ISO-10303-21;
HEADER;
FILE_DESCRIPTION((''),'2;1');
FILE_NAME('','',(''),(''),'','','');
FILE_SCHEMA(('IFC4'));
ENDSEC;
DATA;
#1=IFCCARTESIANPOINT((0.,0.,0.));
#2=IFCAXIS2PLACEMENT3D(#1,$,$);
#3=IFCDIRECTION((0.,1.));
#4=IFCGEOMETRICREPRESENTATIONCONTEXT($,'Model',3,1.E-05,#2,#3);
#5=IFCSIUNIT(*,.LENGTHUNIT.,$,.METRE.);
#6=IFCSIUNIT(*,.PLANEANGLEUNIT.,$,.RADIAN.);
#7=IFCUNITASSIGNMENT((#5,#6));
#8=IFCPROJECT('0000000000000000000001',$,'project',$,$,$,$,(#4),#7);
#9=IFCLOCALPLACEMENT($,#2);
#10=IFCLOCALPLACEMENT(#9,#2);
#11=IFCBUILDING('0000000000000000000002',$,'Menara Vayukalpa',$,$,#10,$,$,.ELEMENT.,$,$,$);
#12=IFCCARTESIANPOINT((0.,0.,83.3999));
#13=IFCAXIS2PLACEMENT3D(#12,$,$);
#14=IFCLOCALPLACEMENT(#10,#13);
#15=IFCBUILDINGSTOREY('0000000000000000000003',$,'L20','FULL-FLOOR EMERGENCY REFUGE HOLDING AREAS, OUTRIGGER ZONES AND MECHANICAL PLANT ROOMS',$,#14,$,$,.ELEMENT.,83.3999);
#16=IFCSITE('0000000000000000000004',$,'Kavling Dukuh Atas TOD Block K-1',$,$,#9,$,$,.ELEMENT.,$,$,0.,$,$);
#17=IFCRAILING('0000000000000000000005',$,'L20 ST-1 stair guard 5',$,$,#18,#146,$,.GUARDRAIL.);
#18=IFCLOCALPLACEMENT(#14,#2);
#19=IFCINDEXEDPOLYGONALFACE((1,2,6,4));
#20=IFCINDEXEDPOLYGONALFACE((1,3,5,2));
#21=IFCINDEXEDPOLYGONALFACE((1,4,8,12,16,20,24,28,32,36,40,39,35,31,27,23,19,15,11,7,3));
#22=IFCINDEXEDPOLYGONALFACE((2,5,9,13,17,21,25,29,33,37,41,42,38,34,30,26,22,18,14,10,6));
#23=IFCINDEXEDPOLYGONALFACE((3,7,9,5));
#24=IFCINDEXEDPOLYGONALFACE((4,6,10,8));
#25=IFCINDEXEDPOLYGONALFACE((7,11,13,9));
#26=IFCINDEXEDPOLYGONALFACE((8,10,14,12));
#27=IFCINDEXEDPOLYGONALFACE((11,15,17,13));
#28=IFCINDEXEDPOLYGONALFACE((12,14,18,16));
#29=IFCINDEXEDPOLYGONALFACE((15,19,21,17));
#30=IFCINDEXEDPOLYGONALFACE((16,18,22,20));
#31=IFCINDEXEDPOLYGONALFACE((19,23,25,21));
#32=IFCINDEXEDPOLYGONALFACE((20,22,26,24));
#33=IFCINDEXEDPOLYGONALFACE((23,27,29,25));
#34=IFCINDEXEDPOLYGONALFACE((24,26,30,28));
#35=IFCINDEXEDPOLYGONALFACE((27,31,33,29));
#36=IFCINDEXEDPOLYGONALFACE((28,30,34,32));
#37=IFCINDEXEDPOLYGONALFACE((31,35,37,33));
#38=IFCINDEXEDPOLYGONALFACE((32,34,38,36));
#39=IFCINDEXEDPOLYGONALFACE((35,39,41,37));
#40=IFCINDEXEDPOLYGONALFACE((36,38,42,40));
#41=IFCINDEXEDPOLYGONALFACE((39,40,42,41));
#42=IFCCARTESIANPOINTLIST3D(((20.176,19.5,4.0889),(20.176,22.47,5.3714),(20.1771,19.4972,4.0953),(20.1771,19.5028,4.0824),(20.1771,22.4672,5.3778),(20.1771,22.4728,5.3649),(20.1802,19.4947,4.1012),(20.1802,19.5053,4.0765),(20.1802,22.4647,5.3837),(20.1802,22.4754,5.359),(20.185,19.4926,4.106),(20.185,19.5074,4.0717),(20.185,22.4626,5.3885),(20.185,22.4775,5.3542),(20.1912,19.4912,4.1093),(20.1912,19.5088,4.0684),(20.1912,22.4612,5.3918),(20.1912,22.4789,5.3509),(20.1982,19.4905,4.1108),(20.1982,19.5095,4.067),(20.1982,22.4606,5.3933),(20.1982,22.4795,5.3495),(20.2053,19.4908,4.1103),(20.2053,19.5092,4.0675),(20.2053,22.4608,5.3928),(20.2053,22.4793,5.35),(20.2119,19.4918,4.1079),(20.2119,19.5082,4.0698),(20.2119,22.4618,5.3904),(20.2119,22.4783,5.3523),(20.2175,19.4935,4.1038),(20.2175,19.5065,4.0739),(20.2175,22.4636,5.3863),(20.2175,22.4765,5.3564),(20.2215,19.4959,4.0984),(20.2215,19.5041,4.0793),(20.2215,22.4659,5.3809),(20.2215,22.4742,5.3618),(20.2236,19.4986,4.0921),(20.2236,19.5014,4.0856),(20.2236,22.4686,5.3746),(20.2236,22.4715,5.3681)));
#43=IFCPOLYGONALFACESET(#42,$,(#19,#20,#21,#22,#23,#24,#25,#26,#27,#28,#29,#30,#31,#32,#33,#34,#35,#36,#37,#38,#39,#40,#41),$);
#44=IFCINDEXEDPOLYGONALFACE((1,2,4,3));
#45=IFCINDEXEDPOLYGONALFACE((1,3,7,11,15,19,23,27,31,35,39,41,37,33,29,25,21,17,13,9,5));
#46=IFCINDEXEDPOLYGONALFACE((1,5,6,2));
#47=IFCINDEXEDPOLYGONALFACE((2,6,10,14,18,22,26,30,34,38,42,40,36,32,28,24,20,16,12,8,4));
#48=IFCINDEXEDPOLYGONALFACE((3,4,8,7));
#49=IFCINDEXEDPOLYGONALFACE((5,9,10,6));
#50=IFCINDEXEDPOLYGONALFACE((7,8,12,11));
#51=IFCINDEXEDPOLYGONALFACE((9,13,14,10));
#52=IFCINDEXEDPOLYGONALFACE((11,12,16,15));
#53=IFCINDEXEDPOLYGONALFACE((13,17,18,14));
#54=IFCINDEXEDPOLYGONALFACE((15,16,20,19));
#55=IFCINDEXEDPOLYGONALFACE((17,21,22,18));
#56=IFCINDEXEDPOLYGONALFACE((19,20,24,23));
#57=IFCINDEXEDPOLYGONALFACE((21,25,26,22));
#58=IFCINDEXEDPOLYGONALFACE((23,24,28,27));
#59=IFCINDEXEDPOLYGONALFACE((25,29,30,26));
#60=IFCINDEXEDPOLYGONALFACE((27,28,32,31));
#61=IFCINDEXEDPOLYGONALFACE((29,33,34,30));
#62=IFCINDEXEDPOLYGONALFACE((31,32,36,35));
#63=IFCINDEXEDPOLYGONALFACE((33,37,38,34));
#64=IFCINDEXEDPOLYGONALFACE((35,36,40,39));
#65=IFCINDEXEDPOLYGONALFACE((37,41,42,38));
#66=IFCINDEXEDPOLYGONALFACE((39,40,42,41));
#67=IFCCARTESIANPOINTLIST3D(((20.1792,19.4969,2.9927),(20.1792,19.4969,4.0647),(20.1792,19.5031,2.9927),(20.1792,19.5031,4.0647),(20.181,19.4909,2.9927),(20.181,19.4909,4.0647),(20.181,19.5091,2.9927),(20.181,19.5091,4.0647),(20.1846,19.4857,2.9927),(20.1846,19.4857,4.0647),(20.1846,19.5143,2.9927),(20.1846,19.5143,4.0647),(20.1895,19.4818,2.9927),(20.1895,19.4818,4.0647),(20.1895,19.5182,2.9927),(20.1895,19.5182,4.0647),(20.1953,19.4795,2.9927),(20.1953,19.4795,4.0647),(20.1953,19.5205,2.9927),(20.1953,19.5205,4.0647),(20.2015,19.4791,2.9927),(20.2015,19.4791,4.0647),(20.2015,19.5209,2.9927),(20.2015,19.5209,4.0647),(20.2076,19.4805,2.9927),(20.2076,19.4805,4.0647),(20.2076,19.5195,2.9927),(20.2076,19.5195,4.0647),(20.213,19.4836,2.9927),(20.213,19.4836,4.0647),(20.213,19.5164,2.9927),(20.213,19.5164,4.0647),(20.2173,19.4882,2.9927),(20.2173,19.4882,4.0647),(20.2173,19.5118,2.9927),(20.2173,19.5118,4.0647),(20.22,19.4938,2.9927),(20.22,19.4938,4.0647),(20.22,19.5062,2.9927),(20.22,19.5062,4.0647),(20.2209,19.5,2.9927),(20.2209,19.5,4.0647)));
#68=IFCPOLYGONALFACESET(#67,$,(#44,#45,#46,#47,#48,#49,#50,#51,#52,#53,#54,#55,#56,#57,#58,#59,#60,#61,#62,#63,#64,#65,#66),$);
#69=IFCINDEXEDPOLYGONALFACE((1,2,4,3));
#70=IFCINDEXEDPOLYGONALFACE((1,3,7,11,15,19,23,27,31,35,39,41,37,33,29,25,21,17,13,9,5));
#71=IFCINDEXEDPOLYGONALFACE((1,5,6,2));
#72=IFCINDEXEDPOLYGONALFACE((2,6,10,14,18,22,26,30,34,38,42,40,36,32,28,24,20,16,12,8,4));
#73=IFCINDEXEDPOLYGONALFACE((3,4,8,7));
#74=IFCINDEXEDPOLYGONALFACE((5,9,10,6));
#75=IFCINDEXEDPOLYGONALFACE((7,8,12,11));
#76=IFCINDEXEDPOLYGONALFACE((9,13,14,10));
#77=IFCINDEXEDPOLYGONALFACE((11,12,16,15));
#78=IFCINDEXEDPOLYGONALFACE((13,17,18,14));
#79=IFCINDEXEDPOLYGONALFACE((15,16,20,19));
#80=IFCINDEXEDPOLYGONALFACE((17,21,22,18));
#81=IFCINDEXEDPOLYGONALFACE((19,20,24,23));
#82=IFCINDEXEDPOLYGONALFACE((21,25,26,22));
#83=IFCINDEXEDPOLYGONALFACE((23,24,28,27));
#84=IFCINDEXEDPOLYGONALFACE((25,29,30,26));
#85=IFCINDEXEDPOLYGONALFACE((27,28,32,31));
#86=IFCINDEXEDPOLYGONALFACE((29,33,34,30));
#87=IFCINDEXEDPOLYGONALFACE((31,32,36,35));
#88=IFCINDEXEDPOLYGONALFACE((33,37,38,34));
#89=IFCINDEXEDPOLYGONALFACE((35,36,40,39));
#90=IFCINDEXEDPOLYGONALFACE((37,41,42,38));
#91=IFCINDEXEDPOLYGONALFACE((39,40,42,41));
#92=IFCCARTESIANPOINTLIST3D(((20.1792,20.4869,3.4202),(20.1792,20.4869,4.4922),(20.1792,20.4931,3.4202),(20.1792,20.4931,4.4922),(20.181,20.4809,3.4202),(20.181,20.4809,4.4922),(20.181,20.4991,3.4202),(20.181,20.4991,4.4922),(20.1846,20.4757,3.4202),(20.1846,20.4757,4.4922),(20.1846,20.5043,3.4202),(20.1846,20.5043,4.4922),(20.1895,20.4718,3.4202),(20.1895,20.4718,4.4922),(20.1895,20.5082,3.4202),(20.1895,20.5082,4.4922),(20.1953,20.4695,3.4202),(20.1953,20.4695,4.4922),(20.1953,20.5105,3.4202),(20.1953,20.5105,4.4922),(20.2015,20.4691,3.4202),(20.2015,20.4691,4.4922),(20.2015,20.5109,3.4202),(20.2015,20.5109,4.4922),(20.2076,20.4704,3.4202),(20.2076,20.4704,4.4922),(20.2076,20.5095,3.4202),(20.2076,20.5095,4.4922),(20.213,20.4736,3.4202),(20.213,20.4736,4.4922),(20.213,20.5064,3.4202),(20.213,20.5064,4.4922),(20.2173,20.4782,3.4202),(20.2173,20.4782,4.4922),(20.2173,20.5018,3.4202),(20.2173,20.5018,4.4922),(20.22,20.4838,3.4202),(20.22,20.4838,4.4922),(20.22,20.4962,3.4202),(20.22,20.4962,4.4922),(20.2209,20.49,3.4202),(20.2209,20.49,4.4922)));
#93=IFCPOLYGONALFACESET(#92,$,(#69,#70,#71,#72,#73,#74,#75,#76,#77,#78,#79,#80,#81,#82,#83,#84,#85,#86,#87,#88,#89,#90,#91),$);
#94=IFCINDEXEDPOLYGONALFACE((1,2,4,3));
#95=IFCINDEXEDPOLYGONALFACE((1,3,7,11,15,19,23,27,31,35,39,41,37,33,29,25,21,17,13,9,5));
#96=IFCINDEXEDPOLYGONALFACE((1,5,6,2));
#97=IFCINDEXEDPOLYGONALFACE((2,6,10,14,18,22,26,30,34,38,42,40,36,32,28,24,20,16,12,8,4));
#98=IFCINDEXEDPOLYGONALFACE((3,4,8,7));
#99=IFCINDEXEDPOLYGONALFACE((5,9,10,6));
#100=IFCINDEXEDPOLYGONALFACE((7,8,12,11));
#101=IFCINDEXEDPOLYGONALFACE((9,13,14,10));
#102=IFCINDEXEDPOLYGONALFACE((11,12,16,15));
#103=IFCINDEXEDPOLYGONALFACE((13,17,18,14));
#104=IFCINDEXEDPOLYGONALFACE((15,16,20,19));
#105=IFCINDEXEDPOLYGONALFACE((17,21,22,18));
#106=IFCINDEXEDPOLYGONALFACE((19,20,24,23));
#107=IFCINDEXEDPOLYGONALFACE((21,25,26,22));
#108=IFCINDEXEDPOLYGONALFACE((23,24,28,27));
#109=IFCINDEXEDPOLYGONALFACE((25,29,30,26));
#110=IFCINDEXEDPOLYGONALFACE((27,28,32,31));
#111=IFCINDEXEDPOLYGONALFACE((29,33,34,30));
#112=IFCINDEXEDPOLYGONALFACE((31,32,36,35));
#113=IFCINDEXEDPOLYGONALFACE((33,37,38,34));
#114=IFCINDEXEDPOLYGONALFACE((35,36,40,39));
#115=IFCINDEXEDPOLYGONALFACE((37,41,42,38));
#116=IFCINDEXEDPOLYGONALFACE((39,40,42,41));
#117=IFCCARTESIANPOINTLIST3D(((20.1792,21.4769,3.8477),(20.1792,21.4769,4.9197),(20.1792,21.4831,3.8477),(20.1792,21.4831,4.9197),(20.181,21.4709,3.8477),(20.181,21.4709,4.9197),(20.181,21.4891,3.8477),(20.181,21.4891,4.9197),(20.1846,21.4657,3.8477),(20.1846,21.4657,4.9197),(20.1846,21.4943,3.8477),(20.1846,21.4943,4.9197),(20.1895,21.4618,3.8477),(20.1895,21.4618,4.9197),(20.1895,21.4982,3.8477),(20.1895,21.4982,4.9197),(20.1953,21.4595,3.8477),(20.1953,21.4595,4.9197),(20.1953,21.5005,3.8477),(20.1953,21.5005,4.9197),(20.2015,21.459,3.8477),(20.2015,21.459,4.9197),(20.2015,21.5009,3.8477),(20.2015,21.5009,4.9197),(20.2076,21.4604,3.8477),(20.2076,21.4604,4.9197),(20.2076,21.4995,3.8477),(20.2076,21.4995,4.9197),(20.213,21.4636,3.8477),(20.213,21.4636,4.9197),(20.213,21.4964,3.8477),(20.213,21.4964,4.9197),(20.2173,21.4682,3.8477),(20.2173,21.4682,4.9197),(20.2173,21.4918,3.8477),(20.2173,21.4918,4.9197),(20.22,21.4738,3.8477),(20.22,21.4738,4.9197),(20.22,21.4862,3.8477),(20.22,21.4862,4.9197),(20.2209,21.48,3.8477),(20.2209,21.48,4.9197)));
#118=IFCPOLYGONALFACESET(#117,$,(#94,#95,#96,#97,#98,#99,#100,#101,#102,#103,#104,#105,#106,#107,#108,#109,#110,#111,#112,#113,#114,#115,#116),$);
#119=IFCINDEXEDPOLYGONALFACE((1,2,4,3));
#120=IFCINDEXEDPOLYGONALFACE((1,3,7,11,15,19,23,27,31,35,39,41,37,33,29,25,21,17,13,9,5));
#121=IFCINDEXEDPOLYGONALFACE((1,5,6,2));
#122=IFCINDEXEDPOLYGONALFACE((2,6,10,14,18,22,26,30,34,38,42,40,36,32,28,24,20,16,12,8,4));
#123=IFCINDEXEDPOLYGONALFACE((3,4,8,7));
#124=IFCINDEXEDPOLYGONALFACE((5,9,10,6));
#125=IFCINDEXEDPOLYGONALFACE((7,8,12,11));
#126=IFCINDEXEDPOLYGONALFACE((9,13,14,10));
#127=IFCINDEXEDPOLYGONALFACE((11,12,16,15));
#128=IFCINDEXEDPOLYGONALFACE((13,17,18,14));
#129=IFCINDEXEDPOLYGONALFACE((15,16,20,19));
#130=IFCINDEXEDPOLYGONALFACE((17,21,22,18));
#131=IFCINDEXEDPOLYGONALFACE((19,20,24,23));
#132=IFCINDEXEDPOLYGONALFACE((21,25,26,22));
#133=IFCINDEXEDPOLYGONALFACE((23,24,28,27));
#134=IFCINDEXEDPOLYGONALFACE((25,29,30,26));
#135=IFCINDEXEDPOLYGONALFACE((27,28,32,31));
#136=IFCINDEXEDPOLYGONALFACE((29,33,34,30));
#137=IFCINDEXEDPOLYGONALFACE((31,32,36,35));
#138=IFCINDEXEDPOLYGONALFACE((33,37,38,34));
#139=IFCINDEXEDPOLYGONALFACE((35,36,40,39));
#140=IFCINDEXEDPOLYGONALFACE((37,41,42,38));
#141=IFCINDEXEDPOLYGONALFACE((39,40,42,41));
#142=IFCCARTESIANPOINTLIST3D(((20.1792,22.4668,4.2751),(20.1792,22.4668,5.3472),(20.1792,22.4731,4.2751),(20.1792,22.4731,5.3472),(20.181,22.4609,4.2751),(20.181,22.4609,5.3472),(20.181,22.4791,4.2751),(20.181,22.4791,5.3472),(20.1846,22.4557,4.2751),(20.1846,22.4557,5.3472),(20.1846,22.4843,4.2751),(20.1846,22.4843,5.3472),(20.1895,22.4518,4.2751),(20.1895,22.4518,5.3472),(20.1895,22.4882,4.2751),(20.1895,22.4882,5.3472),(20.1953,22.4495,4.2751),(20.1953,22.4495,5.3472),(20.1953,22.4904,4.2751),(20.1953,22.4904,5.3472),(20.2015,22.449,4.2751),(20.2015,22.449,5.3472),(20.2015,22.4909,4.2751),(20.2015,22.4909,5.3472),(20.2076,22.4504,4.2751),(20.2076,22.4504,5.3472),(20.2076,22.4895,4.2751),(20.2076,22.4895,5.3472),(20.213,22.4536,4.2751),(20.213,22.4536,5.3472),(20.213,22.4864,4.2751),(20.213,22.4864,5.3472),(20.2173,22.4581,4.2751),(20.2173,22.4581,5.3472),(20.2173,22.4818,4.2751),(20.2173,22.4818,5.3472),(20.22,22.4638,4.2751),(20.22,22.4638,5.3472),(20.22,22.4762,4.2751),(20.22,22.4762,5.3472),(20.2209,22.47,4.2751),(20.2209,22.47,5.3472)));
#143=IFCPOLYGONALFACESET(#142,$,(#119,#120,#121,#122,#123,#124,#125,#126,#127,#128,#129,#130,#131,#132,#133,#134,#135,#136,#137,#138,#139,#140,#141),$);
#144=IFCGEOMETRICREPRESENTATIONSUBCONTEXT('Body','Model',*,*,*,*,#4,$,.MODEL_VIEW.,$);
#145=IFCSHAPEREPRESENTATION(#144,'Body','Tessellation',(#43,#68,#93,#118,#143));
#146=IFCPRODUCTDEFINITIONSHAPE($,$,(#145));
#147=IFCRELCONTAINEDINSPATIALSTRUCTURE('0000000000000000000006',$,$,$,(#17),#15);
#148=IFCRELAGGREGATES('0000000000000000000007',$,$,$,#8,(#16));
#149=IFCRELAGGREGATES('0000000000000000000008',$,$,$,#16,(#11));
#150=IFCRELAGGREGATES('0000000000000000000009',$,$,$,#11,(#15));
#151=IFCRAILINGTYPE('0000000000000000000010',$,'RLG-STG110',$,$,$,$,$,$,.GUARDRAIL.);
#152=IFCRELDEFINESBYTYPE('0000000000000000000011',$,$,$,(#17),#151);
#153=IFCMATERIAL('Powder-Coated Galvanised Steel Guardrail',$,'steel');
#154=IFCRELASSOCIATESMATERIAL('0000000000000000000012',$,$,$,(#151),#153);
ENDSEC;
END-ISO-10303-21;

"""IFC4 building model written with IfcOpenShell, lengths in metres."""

from ifc_helpers import new_model, si_unit, direction, frame, origin, origin_2d, place, context, subcontext, project, spatial, circle, extrude, material, type_object, element, save


model = new_model("IFC4")

# Units and contexts
model_context = context("Model", 3, precision=1e-05, world=origin(), true_north=direction((0.0, 1.0)))
body_context = subcontext(model_context, "Body", "Model", "MODEL_VIEW")
ifc_project = project(units=[si_unit("LENGTHUNIT", "METRE"), si_unit("PLANEANGLEUNIT", "RADIAN")], contexts=[model_context])

# Site, building, storey
site_placement = place(None, origin())
site = spatial("IfcSite", under=ifc_project, at=site_placement, Name="Kavling Dukuh Atas TOD Block K-1", CompositionType="ELEMENT", RefElevation=0.0)
building_placement = place(site_placement, origin())
building = spatial("IfcBuilding", under=site, at=building_placement, Name="Menara Vayukalpa", CompositionType="ELEMENT")
storey_placement = place(building_placement, frame((0.0, 0.0, 83.3999)))
storey = spatial("IfcBuildingStorey", under=building, at=storey_placement, Name="L20", Description="FULL-FLOOR EMERGENCY REFUGE HOLDING AREAS, OUTRIGGER ZONES AND MECHANICAL PLANT ROOMS", CompositionType="ELEMENT", Elevation=83.3999)

# Railing
ifc_material_1 = material(Name="Powder-Coated Galvanised Steel Guardrail", Category="steel")
railing_type_1 = type_object("IfcRailingType", Name="RLG-STG110", PredefinedType="GUARDRAIL", material=ifc_material_1)
railing_1_placement = place(storey_placement, frame((20.2, 19.5, 2.9927)))
element("IfcRailing", 1, at=railing_1_placement, inside=storey, type_object=railing_type_1, Name="L20 ST-1 stair guard 5", PredefinedType="GUARDRAIL", context=body_context, shape_type="SweptSolid", body=[
    extrude(circle(Radius=0.0239, at=origin_2d()), frame((0.0, 0.0, 1.0962), z_axis=(0.0, 0.918064, 0.396432), x_axis=(-1.0, 0.0, 0.0)), (0.0, 0.0, 1.0), 3.2351),
    extrude(circle(Radius=0.021, at=origin_2d()), origin(), (0.0, 0.0, 1.0), 1.072),
    extrude(circle(Radius=0.021, at=origin_2d()), frame((0.0, 0.99, 0.4275)), (0.0, 0.0, 1.0), 1.072),
    extrude(circle(Radius=0.021, at=origin_2d()), frame((0.0, 1.98, 0.855)), (0.0, 0.0, 1.0), 1.072),
    extrude(circle(Radius=0.021, at=origin_2d()), frame((0.0, 2.97, 1.2825)), (0.0, 0.0, 1.0), 1.072),
])

save(model, "model.ifc")
